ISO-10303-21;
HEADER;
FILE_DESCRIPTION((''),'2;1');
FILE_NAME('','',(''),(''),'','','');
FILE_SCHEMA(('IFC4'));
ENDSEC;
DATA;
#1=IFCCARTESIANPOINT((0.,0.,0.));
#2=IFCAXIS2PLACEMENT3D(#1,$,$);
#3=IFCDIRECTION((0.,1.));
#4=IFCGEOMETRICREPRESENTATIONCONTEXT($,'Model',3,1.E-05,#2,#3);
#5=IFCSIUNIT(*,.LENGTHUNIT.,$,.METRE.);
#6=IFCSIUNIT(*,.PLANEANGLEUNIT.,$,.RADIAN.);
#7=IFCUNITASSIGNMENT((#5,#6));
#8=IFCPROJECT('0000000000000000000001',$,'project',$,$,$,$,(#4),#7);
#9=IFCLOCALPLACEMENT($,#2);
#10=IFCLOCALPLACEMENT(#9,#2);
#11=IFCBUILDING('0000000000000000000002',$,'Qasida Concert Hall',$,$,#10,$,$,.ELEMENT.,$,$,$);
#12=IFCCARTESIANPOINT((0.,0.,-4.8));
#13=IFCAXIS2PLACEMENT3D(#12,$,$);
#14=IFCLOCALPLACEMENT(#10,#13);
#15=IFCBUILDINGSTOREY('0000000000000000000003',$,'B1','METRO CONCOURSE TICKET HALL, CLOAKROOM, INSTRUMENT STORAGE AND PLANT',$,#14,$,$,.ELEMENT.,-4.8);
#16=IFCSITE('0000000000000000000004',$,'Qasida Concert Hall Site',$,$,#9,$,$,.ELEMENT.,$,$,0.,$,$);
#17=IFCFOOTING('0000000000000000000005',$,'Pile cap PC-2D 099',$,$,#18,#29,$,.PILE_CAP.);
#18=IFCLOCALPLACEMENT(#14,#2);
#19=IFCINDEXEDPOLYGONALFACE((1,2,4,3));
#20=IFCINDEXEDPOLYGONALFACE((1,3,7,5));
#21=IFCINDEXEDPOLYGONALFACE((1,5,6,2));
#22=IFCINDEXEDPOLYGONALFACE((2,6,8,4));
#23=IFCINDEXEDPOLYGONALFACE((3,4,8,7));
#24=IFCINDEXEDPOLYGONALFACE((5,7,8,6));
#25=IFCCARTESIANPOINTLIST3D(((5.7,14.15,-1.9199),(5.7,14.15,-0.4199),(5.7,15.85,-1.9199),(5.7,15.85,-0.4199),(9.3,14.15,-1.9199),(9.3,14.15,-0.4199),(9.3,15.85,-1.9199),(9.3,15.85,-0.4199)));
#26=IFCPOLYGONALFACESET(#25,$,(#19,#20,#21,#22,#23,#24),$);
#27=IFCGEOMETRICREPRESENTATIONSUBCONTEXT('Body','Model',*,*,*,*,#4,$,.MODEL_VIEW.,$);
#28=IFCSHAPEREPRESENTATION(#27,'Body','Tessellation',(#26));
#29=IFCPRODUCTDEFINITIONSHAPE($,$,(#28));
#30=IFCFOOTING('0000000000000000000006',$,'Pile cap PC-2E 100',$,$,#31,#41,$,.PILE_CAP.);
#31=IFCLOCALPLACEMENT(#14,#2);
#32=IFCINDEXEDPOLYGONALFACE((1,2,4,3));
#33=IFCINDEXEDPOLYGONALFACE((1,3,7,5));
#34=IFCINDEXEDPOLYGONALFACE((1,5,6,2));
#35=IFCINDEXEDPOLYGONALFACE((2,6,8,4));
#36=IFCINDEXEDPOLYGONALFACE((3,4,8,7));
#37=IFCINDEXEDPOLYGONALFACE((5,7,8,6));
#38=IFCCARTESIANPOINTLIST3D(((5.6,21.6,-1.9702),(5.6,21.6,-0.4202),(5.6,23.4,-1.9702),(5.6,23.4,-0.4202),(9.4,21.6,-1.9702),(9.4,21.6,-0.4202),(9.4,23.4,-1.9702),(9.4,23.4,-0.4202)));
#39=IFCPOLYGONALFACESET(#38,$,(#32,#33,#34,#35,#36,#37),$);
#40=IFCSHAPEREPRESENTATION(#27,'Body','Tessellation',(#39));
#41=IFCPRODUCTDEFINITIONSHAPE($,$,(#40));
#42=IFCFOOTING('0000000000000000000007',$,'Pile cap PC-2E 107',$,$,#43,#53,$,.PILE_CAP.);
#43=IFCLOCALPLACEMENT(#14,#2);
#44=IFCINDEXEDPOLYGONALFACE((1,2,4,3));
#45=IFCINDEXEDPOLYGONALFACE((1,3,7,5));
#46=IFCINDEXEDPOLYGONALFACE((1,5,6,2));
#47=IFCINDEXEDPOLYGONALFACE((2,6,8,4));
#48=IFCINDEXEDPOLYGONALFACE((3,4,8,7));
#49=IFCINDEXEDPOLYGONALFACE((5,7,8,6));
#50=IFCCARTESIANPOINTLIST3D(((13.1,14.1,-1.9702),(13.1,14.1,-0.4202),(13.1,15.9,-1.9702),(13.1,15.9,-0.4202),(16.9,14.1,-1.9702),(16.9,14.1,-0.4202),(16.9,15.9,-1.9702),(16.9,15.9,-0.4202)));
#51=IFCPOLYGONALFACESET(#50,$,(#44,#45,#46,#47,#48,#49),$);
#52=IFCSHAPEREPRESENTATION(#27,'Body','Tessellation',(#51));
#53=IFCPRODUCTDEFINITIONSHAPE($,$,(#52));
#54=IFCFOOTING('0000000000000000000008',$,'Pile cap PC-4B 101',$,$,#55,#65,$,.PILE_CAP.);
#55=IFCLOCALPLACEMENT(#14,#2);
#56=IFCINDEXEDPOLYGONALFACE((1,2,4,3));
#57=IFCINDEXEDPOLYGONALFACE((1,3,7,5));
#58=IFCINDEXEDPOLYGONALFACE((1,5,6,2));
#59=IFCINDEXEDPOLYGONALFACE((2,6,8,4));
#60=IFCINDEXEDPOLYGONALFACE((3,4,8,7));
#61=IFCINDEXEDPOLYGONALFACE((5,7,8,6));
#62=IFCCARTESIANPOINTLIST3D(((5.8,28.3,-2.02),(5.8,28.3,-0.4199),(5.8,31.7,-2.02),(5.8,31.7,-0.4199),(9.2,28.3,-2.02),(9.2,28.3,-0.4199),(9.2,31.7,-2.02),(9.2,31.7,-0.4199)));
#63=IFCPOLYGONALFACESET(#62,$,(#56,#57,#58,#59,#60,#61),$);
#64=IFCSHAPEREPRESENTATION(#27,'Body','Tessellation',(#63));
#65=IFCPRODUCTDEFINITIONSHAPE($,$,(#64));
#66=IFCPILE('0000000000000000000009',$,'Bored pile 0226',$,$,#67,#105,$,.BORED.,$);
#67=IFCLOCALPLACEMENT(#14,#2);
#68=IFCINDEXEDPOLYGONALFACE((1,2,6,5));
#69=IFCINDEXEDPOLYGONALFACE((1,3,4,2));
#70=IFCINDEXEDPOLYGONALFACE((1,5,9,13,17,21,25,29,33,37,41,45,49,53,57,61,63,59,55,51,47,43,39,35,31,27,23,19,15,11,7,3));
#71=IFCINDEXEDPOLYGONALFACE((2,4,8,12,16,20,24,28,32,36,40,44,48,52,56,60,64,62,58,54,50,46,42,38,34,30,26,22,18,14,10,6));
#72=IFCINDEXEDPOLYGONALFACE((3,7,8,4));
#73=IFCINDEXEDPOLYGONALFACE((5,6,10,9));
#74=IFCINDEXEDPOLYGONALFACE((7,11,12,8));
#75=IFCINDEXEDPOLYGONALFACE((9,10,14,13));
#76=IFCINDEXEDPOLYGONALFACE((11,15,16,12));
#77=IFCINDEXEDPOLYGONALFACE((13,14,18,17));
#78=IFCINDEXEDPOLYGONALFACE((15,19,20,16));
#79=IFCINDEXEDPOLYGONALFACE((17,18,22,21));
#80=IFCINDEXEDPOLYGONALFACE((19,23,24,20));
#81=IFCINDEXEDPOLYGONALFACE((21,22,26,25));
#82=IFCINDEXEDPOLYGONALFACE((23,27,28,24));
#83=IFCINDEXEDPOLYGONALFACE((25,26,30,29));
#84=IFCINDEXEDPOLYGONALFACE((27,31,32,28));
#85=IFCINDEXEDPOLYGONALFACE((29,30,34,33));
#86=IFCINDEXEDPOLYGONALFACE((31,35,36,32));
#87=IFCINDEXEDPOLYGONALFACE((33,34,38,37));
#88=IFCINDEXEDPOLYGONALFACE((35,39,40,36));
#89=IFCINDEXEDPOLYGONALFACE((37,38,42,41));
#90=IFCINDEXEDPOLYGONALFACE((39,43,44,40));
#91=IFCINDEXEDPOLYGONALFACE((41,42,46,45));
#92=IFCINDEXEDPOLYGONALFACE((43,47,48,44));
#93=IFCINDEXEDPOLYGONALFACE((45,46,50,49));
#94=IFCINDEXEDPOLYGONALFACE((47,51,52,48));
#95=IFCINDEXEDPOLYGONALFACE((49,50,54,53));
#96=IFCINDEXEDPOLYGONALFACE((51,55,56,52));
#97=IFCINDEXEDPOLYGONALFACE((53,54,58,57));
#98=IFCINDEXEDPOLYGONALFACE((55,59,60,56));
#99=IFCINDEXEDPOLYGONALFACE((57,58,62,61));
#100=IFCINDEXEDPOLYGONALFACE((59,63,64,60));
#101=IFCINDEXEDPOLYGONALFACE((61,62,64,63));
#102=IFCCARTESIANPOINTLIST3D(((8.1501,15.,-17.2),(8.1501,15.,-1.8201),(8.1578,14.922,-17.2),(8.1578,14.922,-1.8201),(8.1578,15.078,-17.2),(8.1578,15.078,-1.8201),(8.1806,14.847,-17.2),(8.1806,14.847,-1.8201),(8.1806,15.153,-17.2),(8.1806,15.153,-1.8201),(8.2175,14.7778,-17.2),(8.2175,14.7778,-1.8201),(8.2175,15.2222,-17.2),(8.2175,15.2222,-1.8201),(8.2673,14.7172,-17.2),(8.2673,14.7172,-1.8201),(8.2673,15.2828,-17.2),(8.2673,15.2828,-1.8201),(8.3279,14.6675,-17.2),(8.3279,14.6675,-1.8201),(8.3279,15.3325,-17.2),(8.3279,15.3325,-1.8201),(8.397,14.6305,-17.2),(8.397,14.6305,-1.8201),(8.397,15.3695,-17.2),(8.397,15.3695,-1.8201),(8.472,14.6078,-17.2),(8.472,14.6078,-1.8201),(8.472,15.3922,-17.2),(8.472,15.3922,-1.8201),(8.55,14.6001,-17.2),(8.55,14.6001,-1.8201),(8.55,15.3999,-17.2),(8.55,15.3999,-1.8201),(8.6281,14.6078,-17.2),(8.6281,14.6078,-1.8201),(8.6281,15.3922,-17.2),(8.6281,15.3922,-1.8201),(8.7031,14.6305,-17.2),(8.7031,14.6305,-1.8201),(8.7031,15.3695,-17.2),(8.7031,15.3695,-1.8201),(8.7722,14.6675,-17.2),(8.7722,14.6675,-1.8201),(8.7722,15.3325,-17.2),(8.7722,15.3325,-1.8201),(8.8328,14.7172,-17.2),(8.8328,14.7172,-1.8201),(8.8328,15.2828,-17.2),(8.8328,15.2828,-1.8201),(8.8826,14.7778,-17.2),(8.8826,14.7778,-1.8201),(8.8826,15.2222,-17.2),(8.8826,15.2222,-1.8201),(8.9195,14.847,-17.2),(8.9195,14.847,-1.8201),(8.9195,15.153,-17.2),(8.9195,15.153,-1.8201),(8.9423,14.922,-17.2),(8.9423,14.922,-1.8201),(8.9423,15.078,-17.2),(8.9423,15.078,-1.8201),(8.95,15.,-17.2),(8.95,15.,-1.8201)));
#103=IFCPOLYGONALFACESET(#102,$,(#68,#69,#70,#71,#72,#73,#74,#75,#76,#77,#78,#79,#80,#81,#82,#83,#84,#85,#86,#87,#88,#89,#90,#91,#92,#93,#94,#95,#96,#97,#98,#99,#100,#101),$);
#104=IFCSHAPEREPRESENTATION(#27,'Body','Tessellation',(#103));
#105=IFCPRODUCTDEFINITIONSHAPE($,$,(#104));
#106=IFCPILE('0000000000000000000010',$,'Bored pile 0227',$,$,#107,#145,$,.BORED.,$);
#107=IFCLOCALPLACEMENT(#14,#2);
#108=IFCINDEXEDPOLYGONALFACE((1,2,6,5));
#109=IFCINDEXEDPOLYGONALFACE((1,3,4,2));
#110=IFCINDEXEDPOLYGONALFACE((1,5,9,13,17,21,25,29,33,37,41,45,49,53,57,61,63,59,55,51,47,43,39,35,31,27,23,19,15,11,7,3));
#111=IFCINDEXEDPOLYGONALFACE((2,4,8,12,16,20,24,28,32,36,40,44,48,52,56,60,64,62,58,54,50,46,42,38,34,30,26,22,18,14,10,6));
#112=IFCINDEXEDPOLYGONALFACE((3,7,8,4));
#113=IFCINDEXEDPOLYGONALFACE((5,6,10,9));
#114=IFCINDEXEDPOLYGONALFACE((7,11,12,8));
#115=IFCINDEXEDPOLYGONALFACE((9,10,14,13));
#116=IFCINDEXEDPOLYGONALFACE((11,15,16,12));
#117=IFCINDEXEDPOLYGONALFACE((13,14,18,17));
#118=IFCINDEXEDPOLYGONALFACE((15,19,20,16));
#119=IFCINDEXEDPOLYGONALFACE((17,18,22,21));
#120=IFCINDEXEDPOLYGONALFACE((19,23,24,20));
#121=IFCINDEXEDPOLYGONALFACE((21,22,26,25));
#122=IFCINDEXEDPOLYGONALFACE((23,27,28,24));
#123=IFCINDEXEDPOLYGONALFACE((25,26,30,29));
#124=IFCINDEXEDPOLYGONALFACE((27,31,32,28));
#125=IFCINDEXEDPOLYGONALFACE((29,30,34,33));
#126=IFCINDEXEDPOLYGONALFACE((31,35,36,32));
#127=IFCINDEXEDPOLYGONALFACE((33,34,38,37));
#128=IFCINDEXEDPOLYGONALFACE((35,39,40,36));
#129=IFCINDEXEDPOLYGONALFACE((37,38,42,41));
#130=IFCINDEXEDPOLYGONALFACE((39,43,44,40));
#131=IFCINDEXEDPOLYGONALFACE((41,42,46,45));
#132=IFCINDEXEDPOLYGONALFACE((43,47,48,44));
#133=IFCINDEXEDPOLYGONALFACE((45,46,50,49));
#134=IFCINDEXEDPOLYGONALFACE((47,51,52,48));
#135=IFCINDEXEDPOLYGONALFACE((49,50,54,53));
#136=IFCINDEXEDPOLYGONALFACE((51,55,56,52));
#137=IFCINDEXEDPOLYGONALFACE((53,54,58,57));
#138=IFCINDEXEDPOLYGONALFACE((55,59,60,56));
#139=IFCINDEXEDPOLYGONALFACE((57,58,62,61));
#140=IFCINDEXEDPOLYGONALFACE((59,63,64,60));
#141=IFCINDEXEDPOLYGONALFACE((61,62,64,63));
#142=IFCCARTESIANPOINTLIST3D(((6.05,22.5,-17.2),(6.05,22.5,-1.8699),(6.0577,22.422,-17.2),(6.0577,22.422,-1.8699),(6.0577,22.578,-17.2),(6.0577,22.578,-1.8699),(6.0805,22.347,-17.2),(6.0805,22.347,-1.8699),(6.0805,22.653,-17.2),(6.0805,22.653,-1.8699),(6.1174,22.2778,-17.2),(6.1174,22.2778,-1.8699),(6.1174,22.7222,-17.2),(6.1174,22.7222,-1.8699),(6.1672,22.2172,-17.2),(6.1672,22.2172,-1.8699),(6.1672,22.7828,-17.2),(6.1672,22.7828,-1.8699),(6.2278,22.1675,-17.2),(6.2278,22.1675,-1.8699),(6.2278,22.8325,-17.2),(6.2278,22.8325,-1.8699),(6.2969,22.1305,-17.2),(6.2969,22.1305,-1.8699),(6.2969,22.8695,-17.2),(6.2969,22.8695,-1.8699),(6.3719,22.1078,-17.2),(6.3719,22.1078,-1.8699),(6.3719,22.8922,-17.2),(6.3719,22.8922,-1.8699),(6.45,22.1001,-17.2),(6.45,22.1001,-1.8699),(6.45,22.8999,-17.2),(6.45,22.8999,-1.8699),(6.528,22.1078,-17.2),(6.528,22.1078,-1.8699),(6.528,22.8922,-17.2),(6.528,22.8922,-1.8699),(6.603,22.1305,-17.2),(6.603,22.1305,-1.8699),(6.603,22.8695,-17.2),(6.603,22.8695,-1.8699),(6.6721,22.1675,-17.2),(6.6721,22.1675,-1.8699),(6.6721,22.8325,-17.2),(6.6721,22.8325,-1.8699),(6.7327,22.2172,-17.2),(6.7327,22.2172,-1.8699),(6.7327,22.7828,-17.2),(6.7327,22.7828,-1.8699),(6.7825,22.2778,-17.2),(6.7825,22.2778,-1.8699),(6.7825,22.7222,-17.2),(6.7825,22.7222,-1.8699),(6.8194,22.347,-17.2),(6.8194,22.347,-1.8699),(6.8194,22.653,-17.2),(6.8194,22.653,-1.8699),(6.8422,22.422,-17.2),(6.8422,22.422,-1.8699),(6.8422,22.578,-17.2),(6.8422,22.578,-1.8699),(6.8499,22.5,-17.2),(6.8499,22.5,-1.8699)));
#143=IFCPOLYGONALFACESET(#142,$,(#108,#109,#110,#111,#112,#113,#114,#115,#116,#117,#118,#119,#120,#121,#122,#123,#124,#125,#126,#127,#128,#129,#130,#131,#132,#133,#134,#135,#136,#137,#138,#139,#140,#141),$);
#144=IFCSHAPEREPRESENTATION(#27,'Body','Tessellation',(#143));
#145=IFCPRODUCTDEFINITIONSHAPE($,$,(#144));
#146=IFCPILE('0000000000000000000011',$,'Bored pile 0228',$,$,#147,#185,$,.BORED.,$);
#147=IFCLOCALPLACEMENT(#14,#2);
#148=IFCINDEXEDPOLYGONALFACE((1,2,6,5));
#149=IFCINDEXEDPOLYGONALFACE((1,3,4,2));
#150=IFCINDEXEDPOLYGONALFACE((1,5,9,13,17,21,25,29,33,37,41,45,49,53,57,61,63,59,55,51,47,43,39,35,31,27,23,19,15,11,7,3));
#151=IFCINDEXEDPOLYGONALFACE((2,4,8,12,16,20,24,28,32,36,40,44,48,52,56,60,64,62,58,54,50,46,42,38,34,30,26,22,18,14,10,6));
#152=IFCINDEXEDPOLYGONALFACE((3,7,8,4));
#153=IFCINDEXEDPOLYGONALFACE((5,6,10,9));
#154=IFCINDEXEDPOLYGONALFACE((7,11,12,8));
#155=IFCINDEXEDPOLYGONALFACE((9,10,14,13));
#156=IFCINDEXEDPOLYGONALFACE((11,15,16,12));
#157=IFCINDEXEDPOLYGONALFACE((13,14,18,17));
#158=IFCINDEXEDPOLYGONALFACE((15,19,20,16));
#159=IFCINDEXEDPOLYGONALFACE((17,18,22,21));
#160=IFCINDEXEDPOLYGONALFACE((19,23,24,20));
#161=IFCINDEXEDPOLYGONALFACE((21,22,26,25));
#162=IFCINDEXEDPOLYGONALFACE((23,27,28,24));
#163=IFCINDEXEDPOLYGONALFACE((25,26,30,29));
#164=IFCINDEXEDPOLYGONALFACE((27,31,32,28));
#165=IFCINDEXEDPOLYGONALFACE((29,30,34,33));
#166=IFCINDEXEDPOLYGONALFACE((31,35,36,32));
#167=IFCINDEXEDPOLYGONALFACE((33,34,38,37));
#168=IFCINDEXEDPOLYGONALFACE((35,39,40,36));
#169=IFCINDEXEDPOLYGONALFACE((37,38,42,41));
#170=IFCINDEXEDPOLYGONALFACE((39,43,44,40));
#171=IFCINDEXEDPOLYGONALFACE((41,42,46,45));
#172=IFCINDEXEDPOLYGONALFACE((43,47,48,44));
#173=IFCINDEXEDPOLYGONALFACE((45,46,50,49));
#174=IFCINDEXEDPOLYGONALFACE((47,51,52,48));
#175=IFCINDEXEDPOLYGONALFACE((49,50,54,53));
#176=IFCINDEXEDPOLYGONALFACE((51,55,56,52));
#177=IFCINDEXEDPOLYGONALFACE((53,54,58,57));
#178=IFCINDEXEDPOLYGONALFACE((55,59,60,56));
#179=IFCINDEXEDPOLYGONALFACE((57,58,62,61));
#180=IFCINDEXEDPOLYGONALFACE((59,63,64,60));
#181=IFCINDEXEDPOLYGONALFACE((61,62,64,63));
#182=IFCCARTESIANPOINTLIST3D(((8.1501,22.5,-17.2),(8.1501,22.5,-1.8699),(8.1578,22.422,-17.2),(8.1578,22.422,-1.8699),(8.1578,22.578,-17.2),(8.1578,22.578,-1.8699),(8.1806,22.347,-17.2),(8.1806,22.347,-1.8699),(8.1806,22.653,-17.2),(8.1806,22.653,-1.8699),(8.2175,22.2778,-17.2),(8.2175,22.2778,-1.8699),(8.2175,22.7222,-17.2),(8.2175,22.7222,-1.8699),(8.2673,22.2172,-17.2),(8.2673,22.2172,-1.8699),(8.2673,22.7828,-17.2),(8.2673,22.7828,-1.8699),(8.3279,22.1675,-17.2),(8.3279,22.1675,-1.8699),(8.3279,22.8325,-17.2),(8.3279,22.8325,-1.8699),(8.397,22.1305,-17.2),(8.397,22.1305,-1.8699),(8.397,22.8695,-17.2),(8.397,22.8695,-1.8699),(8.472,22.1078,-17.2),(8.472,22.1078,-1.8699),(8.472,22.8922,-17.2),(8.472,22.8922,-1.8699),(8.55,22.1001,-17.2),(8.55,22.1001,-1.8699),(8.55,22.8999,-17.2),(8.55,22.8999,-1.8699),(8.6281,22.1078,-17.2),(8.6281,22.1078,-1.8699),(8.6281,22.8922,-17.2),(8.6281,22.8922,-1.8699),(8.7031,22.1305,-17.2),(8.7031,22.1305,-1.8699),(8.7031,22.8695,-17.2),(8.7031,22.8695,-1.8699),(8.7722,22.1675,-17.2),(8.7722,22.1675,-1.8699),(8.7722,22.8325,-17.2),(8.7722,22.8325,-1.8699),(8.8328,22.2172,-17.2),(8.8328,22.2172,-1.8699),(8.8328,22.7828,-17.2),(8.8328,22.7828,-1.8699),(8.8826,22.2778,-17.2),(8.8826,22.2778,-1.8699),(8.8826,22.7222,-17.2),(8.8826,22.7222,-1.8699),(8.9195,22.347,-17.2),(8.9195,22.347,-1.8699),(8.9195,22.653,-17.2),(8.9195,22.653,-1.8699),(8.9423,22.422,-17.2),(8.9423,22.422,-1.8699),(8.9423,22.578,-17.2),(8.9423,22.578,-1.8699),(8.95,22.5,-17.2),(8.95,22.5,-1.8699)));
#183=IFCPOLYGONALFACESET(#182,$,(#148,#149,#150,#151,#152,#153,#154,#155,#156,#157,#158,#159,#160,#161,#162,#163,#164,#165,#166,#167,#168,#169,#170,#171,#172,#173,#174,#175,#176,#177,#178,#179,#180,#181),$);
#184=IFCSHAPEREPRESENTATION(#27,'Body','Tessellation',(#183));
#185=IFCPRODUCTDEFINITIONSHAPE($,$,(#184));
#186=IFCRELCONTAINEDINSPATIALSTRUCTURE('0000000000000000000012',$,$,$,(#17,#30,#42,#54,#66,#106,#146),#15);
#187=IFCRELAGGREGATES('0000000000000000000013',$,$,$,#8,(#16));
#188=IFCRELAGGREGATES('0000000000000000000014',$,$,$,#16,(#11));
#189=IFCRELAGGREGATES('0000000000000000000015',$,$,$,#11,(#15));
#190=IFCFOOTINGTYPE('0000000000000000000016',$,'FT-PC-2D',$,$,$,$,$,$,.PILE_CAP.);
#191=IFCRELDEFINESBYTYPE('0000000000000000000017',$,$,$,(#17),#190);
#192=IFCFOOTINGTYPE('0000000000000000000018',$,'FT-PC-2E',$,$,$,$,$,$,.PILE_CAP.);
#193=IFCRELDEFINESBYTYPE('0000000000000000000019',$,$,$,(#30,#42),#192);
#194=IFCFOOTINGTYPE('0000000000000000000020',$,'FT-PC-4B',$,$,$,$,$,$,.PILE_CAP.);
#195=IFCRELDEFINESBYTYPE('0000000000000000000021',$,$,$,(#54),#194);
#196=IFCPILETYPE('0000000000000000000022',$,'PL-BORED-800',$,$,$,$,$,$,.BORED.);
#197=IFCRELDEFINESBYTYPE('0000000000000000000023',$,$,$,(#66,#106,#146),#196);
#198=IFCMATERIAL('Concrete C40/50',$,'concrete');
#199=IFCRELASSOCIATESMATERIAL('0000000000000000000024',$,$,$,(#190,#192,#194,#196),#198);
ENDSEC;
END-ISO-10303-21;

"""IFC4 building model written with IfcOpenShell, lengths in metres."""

from ifc_helpers import new_model, si_unit, direction, frame, origin, origin_2d, place, context, subcontext, project, spatial, rectangle, circle, extrude, material, material_profile, profile_set, type_object, element, save


model = new_model("IFC4")

# Units and contexts
model_context = context("Model", 3, precision=1e-05, world=origin(), true_north=direction((0.0, 1.0)))
body_context = subcontext(model_context, "Body", "Model", "MODEL_VIEW")
ifc_project = project(units=[si_unit("LENGTHUNIT", "METRE"), si_unit("PLANEANGLEUNIT", "RADIAN")], contexts=[model_context])

# Site, building, storey
site_placement = place(None, origin())
site = spatial("IfcSite", under=ifc_project, at=site_placement, Name="Qasida Concert Hall Site", CompositionType="ELEMENT", RefElevation=0.0)
building_placement = place(site_placement, origin())
building = spatial("IfcBuilding", under=site, at=building_placement, Name="Qasida Concert Hall", CompositionType="ELEMENT")
storey_placement = place(building_placement, frame((0.0, 0.0, -4.8)))
storey = spatial("IfcBuildingStorey", under=building, at=storey_placement, Name="B1", Description="METRO CONCOURSE TICKET HALL, CLOAKROOM, INSTRUMENT STORAGE AND PLANT", CompositionType="ELEMENT", Elevation=-4.8)

# Footings
ifc_material_1 = material(Name="Concrete C40/50", Category="concrete")
footing_type_1 = type_object("IfcFootingType", Name="FT-PC-2D", PredefinedType="PILE_CAP", material=ifc_material_1)
footing_1_placement = place(storey_placement, frame((7.5, 15.0, -1.9199), z_axis=(0.0, 0.0, 1.0), x_axis=(1.0, 0.0, 0.0)))
element("IfcFooting", 1, at=footing_1_placement, inside=storey, type_object=footing_type_1, Name="Pile cap PC-2D 099", PredefinedType="PILE_CAP", context=body_context, shape_type="SweptSolid", body=[
    extrude(rectangle(XDim=3.6001, YDim=1.7, at=origin_2d()), origin(), (0.0, 0.0, 1.0), 1.5),
])
footing_type_2 = type_object("IfcFootingType", Name="FT-PC-2E", PredefinedType="PILE_CAP", material=ifc_material_1)
for number, where, z_axis, x_axis, name in (
    (2, (7.5, 22.5, -1.9702), (0.0, 0.0, 1.0), (1.0, 0.0, 0.0), "Pile cap PC-2E 100"),
    (3, (15.0, 15.0, -1.9702), (0.0, 0.0, 1.0), (1.0, 0.0, 0.0), "Pile cap PC-2E 107"),
):
    element("IfcFooting", number, at=place(storey_placement, frame(where, z_axis=z_axis, x_axis=x_axis)), inside=storey, type_object=footing_type_2, Name=name, PredefinedType="PILE_CAP", context=body_context, shape_type="SweptSolid", body=[
        extrude(rectangle(XDim=3.8, YDim=1.8, at=origin_2d()), origin(), (0.0, 0.0, 1.0), 1.55),
    ])
footing_type_3 = type_object("IfcFootingType", Name="FT-PC-4B", PredefinedType="PILE_CAP", material=ifc_material_1)
footing_2_placement = place(storey_placement, frame((7.5, 30.0, -2.02), z_axis=(0.0, 0.0, 1.0), x_axis=(1.0, 0.0, 0.0)))
element("IfcFooting", 4, at=footing_2_placement, inside=storey, type_object=footing_type_3, Name="Pile cap PC-4B 101", PredefinedType="PILE_CAP", context=body_context, shape_type="SweptSolid", body=[
    extrude(rectangle(XDim=3.3999, YDim=3.3999, at=origin_2d()), origin(), (0.0, 0.0, 1.0), 1.6001),
])

# Piles
ifc_material_profile_1 = material_profile(ifc_material_1, circle(Radius=0.3999, at=origin_2d()), Name="BORED PILE D800")
ifc_profile_set_1 = profile_set([ifc_material_profile_1], Name="Concrete C40/50")
pile_type = type_object("IfcPileType", Name="PL-BORED-800", PredefinedType="BORED", material=ifc_profile_set_1)
pile_1_placement = place(storey_placement, frame((8.55, 15.0, -1.8201), z_axis=(0.0, 0.0, -1.0), x_axis=(1.0, 0.0, 0.0)))
element("IfcPile", 5, at=pile_1_placement, inside=storey, type_object=pile_type, Name="Bored pile 0226", PredefinedType="BORED", context=body_context, shape_type="SweptSolid", body=[
    extrude(circle(Radius=0.3999, at=origin_2d()), origin(), (0.0, 0.0, 1.0), 15.3799),
])
for number, where, z_axis, x_axis, name in (
    (6, (6.45, 22.5, -1.8699), (0.0, 0.0, -1.0), (1.0, 0.0, 0.0), "Bored pile 0227"),
    (7, (8.55, 22.5, -1.8699), (0.0, 0.0, -1.0), (1.0, 0.0, 0.0), "Bored pile 0228"),
):
    element("IfcPile", number, at=place(storey_placement, frame(where, z_axis=z_axis, x_axis=x_axis)), inside=storey, type_object=pile_type, Name=name, PredefinedType="BORED", context=body_context, shape_type="SweptSolid", body=[
        extrude(circle(Radius=0.3999, at=origin_2d()), origin(), (0.0, 0.0, 1.0), 15.3301),
    ])

save(model, "model.ifc")
